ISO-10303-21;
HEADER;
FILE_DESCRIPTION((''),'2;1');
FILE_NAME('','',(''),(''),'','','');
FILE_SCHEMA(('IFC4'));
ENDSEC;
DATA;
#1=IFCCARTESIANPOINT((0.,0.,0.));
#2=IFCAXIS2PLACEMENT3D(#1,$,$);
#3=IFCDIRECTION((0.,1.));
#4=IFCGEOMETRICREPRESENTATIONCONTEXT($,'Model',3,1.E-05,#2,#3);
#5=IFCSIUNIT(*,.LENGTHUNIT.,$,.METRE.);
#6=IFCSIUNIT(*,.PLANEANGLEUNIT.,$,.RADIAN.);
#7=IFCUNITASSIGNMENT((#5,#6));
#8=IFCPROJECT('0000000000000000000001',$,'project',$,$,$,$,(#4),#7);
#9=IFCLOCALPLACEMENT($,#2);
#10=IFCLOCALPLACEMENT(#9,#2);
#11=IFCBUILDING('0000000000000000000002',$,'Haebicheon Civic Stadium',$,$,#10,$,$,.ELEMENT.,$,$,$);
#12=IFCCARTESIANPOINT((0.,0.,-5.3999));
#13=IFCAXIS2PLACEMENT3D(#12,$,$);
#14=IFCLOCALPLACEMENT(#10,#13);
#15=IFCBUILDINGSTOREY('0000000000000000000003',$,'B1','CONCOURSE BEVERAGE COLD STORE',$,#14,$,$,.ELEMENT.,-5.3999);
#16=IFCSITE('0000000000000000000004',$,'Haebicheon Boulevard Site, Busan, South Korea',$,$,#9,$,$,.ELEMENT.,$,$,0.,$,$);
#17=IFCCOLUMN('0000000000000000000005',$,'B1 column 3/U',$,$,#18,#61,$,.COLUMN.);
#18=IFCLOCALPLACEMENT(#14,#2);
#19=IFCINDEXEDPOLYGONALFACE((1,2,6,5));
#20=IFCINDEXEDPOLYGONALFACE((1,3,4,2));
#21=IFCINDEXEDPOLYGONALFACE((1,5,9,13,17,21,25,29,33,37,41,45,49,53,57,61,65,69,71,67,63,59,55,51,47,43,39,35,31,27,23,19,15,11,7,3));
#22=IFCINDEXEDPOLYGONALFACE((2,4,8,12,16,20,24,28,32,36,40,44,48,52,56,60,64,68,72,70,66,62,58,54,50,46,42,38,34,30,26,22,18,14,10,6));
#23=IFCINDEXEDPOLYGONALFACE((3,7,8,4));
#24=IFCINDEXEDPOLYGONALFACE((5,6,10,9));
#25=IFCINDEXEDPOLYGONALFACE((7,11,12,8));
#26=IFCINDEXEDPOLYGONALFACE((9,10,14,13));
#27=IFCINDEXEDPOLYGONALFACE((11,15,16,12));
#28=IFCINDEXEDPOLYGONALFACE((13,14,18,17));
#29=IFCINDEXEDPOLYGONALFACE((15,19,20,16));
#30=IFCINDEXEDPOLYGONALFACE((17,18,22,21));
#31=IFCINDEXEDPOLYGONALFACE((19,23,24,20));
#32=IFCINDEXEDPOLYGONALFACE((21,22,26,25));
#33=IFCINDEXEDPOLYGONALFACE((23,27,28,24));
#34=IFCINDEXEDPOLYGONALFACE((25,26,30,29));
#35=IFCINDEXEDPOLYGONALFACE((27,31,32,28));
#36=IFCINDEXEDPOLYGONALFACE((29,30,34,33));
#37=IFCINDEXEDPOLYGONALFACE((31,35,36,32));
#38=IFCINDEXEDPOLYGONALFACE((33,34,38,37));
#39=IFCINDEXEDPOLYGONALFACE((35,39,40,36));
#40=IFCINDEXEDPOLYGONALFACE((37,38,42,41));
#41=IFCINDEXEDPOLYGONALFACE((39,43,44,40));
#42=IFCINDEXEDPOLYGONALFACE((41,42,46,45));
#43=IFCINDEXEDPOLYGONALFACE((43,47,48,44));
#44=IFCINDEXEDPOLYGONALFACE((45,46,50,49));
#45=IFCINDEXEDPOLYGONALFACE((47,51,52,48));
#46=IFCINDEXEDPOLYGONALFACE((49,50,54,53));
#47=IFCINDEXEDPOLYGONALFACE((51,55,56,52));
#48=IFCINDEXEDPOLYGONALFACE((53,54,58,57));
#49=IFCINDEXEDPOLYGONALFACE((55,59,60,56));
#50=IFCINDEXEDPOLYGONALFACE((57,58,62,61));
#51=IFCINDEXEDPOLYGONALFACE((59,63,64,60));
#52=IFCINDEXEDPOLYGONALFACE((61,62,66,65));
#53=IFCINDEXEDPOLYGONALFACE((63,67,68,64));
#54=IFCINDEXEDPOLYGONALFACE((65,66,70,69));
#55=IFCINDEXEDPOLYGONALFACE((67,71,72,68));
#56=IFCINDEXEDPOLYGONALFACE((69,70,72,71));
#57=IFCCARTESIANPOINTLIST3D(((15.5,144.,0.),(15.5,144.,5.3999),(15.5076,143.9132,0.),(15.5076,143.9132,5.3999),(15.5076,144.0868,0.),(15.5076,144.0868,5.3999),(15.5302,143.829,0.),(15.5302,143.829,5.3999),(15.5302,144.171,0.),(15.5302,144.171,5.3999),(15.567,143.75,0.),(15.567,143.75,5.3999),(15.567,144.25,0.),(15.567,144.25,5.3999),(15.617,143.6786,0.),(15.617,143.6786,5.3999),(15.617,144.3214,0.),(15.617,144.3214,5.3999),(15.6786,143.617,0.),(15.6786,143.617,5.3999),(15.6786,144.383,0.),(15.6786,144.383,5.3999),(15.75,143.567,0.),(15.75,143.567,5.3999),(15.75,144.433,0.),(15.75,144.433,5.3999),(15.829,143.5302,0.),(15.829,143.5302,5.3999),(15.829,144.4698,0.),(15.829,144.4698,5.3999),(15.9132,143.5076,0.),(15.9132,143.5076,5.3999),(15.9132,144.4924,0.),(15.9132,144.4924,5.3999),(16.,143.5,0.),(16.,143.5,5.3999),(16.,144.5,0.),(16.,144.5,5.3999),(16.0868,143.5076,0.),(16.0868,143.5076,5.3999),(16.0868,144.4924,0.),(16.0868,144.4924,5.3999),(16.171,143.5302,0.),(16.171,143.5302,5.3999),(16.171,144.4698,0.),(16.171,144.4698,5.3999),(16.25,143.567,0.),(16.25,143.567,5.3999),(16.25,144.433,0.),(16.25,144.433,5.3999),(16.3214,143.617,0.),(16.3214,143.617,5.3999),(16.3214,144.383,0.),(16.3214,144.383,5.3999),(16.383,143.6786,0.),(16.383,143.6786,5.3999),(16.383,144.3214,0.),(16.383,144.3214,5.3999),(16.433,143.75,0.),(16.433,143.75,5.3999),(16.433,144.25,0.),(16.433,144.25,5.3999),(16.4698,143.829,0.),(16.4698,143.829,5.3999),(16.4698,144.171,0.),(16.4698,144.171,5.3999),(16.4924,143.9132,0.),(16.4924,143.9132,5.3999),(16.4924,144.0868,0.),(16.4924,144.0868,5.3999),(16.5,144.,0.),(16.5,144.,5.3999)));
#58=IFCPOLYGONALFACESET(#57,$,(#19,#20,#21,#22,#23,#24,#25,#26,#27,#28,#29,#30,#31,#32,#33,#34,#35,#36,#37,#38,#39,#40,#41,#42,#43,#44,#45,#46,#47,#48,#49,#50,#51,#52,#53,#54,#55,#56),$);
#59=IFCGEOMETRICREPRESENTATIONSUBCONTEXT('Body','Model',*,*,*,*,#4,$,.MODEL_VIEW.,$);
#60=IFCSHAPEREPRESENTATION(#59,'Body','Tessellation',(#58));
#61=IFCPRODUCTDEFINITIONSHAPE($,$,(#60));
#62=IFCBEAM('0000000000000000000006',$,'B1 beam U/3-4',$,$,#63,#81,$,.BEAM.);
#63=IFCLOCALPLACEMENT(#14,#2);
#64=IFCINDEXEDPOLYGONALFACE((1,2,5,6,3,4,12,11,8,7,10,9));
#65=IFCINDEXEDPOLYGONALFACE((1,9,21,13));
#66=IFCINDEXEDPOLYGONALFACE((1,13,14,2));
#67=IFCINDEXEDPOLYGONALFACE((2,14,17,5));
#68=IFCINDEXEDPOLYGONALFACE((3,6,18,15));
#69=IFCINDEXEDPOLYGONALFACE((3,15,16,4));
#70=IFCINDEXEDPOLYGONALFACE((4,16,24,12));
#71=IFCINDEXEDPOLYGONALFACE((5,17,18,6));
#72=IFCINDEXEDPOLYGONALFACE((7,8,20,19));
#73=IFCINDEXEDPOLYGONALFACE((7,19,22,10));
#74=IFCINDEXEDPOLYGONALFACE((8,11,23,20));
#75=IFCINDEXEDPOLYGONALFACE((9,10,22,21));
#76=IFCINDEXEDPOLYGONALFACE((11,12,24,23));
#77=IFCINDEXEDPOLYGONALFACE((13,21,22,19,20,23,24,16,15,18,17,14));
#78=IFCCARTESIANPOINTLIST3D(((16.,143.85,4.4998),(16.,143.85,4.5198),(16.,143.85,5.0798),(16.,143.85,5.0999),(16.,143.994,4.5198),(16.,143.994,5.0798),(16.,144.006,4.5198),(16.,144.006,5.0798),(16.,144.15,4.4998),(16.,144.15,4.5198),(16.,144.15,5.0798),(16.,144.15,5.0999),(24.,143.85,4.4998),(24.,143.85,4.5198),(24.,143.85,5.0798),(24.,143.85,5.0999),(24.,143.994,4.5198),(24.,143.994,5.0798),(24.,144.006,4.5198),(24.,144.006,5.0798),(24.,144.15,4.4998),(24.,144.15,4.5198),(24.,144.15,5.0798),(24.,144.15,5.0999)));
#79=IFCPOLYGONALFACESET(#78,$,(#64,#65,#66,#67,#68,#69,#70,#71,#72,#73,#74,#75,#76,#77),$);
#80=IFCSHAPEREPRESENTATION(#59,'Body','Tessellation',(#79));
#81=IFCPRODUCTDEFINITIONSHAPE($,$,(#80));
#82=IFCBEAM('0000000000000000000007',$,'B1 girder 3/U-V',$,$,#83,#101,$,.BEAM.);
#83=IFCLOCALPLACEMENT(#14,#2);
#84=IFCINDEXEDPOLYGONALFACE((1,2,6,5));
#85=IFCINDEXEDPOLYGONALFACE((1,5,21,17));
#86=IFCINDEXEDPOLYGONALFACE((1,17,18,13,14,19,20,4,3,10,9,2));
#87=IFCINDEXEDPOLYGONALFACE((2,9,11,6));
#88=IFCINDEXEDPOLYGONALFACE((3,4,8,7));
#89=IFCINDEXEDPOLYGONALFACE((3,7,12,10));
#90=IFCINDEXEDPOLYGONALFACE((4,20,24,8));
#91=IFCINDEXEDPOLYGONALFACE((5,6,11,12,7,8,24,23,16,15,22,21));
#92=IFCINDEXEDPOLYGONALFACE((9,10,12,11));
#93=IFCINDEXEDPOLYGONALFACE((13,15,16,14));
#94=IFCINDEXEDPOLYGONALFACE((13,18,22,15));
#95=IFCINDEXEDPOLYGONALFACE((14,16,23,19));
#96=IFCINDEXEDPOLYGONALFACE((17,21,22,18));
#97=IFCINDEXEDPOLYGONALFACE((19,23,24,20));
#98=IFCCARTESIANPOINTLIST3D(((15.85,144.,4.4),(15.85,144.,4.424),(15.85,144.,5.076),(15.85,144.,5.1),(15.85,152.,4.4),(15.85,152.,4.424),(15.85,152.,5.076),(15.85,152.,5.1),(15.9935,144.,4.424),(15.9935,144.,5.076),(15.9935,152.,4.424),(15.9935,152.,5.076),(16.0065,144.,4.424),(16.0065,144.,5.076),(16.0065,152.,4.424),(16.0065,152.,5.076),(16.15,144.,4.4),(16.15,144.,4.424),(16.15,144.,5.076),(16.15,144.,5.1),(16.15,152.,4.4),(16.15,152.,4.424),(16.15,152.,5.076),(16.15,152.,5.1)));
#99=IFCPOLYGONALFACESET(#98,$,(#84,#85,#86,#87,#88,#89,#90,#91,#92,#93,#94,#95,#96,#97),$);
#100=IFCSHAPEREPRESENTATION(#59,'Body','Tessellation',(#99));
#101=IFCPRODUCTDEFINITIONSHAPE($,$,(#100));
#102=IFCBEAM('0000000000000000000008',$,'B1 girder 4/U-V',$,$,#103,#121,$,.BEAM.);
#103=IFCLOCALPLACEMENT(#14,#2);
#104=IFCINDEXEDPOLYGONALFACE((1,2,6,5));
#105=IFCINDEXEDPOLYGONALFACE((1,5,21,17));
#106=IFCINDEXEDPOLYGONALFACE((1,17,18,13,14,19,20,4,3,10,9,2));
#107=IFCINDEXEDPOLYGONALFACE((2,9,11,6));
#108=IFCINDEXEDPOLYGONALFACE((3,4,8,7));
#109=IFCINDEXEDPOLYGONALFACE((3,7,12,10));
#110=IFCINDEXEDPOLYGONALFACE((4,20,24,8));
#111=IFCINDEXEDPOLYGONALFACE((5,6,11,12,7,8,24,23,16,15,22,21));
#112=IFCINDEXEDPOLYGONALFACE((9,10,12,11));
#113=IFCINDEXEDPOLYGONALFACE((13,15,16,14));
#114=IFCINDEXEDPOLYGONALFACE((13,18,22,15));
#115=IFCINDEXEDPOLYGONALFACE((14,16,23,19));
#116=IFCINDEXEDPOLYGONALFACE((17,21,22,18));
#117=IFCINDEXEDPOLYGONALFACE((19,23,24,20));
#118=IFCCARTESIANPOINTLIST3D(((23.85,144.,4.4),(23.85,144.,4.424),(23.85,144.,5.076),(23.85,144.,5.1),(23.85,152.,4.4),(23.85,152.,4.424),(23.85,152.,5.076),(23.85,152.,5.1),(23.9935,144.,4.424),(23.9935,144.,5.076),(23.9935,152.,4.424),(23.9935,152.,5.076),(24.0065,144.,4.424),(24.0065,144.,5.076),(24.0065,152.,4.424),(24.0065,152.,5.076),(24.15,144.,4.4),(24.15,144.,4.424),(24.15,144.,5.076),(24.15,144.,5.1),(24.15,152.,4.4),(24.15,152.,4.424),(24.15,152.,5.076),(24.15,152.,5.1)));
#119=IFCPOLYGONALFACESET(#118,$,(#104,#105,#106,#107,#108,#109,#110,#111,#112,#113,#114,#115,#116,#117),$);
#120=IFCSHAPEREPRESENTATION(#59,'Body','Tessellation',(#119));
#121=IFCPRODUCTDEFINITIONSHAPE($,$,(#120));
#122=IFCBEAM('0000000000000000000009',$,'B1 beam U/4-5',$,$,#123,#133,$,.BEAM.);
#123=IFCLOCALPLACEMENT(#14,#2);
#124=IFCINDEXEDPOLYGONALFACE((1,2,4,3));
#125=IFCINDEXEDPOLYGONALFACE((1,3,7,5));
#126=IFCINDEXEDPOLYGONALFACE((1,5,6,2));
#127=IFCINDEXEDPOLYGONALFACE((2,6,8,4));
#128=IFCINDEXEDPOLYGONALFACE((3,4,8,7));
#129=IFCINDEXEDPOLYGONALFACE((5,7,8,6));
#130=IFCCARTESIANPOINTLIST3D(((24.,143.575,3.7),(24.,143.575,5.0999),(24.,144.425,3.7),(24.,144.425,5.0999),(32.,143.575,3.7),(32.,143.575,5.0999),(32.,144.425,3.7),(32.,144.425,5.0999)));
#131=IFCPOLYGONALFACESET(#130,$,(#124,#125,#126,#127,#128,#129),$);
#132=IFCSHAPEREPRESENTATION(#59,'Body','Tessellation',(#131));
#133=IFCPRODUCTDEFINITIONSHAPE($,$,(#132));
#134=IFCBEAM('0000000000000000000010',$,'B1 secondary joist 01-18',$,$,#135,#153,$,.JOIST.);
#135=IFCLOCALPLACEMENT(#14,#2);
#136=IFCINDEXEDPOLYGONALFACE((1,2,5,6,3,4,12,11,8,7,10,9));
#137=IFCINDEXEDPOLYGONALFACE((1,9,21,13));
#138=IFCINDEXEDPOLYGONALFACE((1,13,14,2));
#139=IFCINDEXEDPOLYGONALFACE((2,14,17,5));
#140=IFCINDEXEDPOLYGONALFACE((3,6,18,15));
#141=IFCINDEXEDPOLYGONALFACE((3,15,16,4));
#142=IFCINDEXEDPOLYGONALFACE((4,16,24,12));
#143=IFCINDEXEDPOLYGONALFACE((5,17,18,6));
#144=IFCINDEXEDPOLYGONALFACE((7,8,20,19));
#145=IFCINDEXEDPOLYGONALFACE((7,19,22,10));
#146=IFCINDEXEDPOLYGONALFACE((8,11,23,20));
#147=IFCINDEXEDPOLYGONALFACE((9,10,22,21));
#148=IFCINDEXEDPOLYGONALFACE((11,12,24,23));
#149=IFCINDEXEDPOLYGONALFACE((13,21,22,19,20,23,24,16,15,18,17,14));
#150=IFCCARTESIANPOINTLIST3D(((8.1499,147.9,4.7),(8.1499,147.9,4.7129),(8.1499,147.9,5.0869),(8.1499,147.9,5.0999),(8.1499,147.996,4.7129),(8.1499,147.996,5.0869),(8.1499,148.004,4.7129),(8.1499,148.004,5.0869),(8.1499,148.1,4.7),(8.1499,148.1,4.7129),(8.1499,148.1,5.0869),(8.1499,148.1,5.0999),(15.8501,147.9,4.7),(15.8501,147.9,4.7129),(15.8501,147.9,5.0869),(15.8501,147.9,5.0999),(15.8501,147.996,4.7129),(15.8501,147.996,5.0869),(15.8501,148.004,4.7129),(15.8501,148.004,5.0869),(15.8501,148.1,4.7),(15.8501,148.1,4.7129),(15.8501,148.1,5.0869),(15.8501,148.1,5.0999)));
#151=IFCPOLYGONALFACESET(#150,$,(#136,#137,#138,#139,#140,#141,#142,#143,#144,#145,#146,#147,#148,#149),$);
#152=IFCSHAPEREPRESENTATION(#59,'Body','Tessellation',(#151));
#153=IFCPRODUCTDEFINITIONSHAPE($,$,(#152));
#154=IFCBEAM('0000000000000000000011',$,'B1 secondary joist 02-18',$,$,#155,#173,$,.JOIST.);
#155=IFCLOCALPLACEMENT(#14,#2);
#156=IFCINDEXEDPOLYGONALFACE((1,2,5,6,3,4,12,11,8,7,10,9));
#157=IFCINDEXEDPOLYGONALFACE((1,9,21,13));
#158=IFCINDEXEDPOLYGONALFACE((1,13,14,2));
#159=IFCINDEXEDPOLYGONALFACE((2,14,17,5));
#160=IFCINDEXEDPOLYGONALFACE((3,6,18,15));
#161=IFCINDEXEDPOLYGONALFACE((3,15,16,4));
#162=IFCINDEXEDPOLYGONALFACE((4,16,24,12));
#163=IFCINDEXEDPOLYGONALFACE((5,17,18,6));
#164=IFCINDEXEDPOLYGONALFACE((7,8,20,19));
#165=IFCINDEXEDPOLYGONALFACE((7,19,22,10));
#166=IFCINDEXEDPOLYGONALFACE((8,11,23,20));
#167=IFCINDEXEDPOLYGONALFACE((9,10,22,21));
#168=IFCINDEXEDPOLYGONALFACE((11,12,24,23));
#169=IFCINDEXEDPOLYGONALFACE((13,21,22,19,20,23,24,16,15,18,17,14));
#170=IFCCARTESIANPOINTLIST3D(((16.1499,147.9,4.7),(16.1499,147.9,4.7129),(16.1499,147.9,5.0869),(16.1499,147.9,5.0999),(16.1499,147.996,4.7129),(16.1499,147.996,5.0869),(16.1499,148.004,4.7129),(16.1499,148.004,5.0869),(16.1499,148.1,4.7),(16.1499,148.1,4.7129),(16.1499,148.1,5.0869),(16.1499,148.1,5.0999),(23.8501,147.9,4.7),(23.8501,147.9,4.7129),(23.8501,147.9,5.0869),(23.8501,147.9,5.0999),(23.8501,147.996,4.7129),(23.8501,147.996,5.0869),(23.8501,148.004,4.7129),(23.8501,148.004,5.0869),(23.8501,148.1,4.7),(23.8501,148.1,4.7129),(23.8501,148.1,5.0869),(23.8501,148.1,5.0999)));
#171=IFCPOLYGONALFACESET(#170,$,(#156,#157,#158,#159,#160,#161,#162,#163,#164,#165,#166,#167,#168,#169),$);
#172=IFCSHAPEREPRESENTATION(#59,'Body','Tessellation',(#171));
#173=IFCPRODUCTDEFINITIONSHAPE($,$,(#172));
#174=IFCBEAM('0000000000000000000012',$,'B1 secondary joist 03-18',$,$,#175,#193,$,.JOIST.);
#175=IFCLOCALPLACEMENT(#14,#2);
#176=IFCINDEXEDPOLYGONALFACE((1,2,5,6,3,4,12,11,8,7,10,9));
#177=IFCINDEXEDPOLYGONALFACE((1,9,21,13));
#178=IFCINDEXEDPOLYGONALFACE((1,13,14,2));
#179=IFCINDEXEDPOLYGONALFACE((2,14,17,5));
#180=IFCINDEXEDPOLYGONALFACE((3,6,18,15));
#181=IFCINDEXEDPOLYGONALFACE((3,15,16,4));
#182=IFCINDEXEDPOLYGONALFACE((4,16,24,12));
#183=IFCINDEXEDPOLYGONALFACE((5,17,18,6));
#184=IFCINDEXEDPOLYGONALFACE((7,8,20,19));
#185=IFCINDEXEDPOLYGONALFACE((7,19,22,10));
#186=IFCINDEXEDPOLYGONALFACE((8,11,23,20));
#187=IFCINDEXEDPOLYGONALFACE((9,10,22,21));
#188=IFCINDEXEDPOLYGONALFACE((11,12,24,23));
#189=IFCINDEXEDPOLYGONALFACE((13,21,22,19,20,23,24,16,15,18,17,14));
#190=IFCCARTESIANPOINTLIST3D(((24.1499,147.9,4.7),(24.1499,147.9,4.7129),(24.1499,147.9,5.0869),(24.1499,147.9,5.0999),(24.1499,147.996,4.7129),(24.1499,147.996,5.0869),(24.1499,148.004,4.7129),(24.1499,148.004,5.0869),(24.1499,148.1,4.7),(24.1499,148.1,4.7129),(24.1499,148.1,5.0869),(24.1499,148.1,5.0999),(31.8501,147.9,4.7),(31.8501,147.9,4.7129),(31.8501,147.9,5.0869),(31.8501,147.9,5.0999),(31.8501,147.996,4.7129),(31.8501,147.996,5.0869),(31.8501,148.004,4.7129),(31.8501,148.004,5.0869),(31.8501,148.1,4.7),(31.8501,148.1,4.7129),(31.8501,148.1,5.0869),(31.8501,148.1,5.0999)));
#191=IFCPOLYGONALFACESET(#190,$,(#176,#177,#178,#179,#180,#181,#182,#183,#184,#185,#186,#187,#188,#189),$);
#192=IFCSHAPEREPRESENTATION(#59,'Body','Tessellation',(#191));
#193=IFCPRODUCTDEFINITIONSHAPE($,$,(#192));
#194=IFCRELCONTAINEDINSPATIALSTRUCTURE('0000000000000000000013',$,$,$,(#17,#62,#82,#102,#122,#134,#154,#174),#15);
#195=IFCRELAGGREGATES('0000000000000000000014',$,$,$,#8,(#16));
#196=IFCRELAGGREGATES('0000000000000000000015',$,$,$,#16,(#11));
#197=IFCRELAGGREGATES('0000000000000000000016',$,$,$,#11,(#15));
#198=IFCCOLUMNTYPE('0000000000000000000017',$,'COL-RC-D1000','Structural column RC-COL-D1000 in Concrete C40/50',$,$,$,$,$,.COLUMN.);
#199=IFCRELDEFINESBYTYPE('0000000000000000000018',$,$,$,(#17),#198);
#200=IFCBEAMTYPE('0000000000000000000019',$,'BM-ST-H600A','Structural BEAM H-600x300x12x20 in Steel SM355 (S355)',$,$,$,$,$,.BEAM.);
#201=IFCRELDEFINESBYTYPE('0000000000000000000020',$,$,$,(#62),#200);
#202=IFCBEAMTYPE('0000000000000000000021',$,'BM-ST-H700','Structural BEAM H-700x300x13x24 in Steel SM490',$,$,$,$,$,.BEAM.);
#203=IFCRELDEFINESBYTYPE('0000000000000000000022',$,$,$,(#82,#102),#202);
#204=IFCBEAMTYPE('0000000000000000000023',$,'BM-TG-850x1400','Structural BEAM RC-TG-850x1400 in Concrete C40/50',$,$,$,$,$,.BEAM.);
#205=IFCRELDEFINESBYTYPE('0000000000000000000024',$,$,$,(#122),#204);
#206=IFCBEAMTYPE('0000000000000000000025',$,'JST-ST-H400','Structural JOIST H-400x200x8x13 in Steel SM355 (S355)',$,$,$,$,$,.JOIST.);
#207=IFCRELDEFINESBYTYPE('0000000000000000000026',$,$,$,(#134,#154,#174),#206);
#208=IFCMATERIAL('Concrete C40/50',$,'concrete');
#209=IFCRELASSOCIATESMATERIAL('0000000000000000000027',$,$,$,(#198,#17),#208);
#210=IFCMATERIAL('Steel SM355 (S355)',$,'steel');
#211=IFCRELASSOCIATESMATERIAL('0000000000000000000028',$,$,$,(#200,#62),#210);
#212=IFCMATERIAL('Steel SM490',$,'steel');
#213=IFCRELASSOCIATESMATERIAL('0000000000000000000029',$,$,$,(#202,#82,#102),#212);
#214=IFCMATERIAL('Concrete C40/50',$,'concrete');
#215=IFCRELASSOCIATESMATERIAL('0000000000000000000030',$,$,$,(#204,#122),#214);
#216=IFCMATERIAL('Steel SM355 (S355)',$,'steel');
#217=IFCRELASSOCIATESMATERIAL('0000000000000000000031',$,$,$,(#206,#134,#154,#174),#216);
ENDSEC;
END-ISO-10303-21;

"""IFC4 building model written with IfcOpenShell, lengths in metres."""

from ifc_helpers import new_model, si_unit, direction, frame, origin, origin_2d, place, context, subcontext, project, spatial, rectangle, circle, i_section, extrude, material, material_profile, profile_set, type_object, element, save


model = new_model("IFC4")

# Units and contexts
model_context = context("Model", 3, precision=1e-05, world=origin(), true_north=direction((0.0, 1.0)))
body_context = subcontext(model_context, "Body", "Model", "MODEL_VIEW")
ifc_project = project(units=[si_unit("LENGTHUNIT", "METRE"), si_unit("PLANEANGLEUNIT", "RADIAN")], contexts=[model_context])

# Site, building, storey
site_placement = place(None, origin())
site = spatial("IfcSite", under=ifc_project, at=site_placement, Name="Haebicheon Boulevard Site, Busan, South Korea", CompositionType="ELEMENT", RefElevation=0.0)
building_placement = place(site_placement, origin())
building = spatial("IfcBuilding", under=site, at=building_placement, Name="Haebicheon Civic Stadium", CompositionType="ELEMENT")
storey_placement = place(building_placement, frame((0.0, 0.0, -5.3999)))
storey = spatial("IfcBuildingStorey", under=building, at=storey_placement, Name="B1", Description="CONCOURSE BEVERAGE COLD STORE", CompositionType="ELEMENT", Elevation=-5.3999)

# Column
ifc_material_1 = material(Name="Concrete C40/50", Category="concrete")
ifc_material_profile_1 = material_profile(ifc_material_1, circle(Radius=0.5, at=origin_2d()), Name="RC-COL-D1000")
ifc_profile_set_1 = profile_set([ifc_material_profile_1], Name="Concrete C40/50")
column_type_1 = type_object("IfcColumnType", Name="COL-RC-D1000", Description="Structural column RC-COL-D1000 in Concrete C40/50", PredefinedType="COLUMN", material=ifc_profile_set_1)
column_1_placement = place(storey_placement, frame((16.0, 144.0, 0.0), z_axis=(0.0, 0.0, 1.0), x_axis=(1.0, 0.0, 0.0)))
element("IfcColumn", 1, at=column_1_placement, inside=storey, type_object=column_type_1, material=ifc_profile_set_1, Name="B1 column 3/U", PredefinedType="COLUMN", context=body_context, shape_type="SweptSolid", body=[
    extrude(circle(Radius=0.5, at=origin_2d()), origin(), (0.0, 0.0, 1.0), 5.3999),
])

# Beams
ifc_material_2 = material(Name="Steel SM355 (S355)", Category="steel")
ifc_material_profile_2 = material_profile(ifc_material_2, i_section(OverallWidth=0.3, OverallDepth=0.6001, WebThickness=0.012, FlangeThickness=0.02, at=origin_2d()), Name="H-600x300x12x20")
ifc_profile_set_2 = profile_set([ifc_material_profile_2], Name="Steel SM355 (S355)")
beam_type_1 = type_object("IfcBeamType", Name="BM-ST-H600A", Description="Structural BEAM H-600x300x12x20 in Steel SM355 (S355)", PredefinedType="BEAM", material=ifc_profile_set_2)
beam_1_placement = place(storey_placement, frame((16.0, 144.0, 4.7998), z_axis=(1.0, 0.0, 0.0), x_axis=(0.0, 1.0, 0.0)))
element("IfcBeam", 2, at=beam_1_placement, inside=storey, type_object=beam_type_1, material=ifc_profile_set_2, Name="B1 beam U/3-4", PredefinedType="BEAM", context=body_context, shape_type="SweptSolid", body=[
    extrude(i_section(OverallWidth=0.3, OverallDepth=0.6001, WebThickness=0.012, FlangeThickness=0.02, at=origin_2d()), origin(), (0.0, 0.0, 1.0), 8.0),
])
ifc_material_3 = material(Name="Steel SM490", Category="steel")
ifc_material_profile_3 = material_profile(ifc_material_3, i_section(OverallWidth=0.3, OverallDepth=0.7, WebThickness=0.0129, FlangeThickness=0.0239, at=origin_2d()), Name="H-700x300x13x24")
ifc_profile_set_3 = profile_set([ifc_material_profile_3], Name="Steel SM490")
beam_type_2 = type_object("IfcBeamType", Name="BM-ST-H700", Description="Structural BEAM H-700x300x13x24 in Steel SM490", PredefinedType="BEAM", material=ifc_profile_set_3)
for number, where, z_axis, x_axis, name in (
    (3, (16.0, 144.0, 4.75), (0.0, 1.0, 0.0), (-1.0, 0.0, 0.0), "B1 girder 3/U-V"),
    (4, (24.0, 144.0, 4.75), (0.0, 1.0, 0.0), (-1.0, 0.0, 0.0), "B1 girder 4/U-V"),
):
    element("IfcBeam", number, at=place(storey_placement, frame(where, z_axis=z_axis, x_axis=x_axis)), inside=storey, type_object=beam_type_2, material=ifc_profile_set_3, Name=name, PredefinedType="BEAM", context=body_context, shape_type="SweptSolid", body=[
        extrude(i_section(OverallWidth=0.3, OverallDepth=0.7, WebThickness=0.0129, FlangeThickness=0.0239, at=origin_2d()), origin(), (0.0, 0.0, 1.0), 8.0),
    ])
ifc_material_4 = material(Name="Concrete C40/50", Category="concrete")
ifc_material_profile_4 = material_profile(ifc_material_4, rectangle(XDim=0.8501, YDim=1.3999, at=origin_2d()), Name="RC-TG-850x1400")
ifc_profile_set_4 = profile_set([ifc_material_profile_4], Name="Concrete C40/50")
beam_type_3 = type_object("IfcBeamType", Name="BM-TG-850x1400", Description="Structural BEAM RC-TG-850x1400 in Concrete C40/50", PredefinedType="BEAM", material=ifc_profile_set_4)
beam_2_placement = place(storey_placement, frame((24.0, 144.0, 4.3999), z_axis=(1.0, 0.0, 0.0), x_axis=(0.0, 1.0, 0.0)))
element("IfcBeam", 5, at=beam_2_placement, inside=storey, type_object=beam_type_3, material=ifc_profile_set_4, Name="B1 beam U/4-5", PredefinedType="BEAM", context=body_context, shape_type="SweptSolid", body=[
    extrude(rectangle(XDim=0.8501, YDim=1.3999, at=origin_2d()), origin(), (0.0, 0.0, 1.0), 8.0),
])
ifc_material_5 = material(Name="Steel SM355 (S355)", Category="steel")
ifc_material_profile_5 = material_profile(ifc_material_5, i_section(OverallWidth=0.2, OverallDepth=0.3999, WebThickness=0.0081, FlangeThickness=0.0129, at=origin_2d()), Name="H-400x200x8x13")
ifc_profile_set_5 = profile_set([ifc_material_profile_5], Name="Steel SM355 (S355)")
beam_type_4 = type_object("IfcBeamType", Name="JST-ST-H400", Description="Structural JOIST H-400x200x8x13 in Steel SM355 (S355)", PredefinedType="JOIST", material=ifc_profile_set_5)
for number, where, z_axis, x_axis, name in (
    (6, (8.1499, 148.0, 4.8999), (1.0, 0.0, 0.0), (0.0, 1.0, 0.0), "B1 secondary joist 01-18"),
    (7, (16.1499, 148.0, 4.8999), (1.0, 0.0, 0.0), (0.0, 1.0, 0.0), "B1 secondary joist 02-18"),
    (8, (24.1499, 148.0, 4.8999), (1.0, 0.0, 0.0), (0.0, 1.0, 0.0), "B1 secondary joist 03-18"),
):
    element("IfcBeam", number, at=place(storey_placement, frame(where, z_axis=z_axis, x_axis=x_axis)), inside=storey, type_object=beam_type_4, material=ifc_profile_set_5, Name=name, PredefinedType="JOIST", context=body_context, shape_type="SweptSolid", body=[
        extrude(i_section(OverallWidth=0.2, OverallDepth=0.3999, WebThickness=0.0081, FlangeThickness=0.0129, at=origin_2d()), origin(), (0.0, 0.0, 1.0), 7.7002),
    ])

save(model, "model.ifc")
